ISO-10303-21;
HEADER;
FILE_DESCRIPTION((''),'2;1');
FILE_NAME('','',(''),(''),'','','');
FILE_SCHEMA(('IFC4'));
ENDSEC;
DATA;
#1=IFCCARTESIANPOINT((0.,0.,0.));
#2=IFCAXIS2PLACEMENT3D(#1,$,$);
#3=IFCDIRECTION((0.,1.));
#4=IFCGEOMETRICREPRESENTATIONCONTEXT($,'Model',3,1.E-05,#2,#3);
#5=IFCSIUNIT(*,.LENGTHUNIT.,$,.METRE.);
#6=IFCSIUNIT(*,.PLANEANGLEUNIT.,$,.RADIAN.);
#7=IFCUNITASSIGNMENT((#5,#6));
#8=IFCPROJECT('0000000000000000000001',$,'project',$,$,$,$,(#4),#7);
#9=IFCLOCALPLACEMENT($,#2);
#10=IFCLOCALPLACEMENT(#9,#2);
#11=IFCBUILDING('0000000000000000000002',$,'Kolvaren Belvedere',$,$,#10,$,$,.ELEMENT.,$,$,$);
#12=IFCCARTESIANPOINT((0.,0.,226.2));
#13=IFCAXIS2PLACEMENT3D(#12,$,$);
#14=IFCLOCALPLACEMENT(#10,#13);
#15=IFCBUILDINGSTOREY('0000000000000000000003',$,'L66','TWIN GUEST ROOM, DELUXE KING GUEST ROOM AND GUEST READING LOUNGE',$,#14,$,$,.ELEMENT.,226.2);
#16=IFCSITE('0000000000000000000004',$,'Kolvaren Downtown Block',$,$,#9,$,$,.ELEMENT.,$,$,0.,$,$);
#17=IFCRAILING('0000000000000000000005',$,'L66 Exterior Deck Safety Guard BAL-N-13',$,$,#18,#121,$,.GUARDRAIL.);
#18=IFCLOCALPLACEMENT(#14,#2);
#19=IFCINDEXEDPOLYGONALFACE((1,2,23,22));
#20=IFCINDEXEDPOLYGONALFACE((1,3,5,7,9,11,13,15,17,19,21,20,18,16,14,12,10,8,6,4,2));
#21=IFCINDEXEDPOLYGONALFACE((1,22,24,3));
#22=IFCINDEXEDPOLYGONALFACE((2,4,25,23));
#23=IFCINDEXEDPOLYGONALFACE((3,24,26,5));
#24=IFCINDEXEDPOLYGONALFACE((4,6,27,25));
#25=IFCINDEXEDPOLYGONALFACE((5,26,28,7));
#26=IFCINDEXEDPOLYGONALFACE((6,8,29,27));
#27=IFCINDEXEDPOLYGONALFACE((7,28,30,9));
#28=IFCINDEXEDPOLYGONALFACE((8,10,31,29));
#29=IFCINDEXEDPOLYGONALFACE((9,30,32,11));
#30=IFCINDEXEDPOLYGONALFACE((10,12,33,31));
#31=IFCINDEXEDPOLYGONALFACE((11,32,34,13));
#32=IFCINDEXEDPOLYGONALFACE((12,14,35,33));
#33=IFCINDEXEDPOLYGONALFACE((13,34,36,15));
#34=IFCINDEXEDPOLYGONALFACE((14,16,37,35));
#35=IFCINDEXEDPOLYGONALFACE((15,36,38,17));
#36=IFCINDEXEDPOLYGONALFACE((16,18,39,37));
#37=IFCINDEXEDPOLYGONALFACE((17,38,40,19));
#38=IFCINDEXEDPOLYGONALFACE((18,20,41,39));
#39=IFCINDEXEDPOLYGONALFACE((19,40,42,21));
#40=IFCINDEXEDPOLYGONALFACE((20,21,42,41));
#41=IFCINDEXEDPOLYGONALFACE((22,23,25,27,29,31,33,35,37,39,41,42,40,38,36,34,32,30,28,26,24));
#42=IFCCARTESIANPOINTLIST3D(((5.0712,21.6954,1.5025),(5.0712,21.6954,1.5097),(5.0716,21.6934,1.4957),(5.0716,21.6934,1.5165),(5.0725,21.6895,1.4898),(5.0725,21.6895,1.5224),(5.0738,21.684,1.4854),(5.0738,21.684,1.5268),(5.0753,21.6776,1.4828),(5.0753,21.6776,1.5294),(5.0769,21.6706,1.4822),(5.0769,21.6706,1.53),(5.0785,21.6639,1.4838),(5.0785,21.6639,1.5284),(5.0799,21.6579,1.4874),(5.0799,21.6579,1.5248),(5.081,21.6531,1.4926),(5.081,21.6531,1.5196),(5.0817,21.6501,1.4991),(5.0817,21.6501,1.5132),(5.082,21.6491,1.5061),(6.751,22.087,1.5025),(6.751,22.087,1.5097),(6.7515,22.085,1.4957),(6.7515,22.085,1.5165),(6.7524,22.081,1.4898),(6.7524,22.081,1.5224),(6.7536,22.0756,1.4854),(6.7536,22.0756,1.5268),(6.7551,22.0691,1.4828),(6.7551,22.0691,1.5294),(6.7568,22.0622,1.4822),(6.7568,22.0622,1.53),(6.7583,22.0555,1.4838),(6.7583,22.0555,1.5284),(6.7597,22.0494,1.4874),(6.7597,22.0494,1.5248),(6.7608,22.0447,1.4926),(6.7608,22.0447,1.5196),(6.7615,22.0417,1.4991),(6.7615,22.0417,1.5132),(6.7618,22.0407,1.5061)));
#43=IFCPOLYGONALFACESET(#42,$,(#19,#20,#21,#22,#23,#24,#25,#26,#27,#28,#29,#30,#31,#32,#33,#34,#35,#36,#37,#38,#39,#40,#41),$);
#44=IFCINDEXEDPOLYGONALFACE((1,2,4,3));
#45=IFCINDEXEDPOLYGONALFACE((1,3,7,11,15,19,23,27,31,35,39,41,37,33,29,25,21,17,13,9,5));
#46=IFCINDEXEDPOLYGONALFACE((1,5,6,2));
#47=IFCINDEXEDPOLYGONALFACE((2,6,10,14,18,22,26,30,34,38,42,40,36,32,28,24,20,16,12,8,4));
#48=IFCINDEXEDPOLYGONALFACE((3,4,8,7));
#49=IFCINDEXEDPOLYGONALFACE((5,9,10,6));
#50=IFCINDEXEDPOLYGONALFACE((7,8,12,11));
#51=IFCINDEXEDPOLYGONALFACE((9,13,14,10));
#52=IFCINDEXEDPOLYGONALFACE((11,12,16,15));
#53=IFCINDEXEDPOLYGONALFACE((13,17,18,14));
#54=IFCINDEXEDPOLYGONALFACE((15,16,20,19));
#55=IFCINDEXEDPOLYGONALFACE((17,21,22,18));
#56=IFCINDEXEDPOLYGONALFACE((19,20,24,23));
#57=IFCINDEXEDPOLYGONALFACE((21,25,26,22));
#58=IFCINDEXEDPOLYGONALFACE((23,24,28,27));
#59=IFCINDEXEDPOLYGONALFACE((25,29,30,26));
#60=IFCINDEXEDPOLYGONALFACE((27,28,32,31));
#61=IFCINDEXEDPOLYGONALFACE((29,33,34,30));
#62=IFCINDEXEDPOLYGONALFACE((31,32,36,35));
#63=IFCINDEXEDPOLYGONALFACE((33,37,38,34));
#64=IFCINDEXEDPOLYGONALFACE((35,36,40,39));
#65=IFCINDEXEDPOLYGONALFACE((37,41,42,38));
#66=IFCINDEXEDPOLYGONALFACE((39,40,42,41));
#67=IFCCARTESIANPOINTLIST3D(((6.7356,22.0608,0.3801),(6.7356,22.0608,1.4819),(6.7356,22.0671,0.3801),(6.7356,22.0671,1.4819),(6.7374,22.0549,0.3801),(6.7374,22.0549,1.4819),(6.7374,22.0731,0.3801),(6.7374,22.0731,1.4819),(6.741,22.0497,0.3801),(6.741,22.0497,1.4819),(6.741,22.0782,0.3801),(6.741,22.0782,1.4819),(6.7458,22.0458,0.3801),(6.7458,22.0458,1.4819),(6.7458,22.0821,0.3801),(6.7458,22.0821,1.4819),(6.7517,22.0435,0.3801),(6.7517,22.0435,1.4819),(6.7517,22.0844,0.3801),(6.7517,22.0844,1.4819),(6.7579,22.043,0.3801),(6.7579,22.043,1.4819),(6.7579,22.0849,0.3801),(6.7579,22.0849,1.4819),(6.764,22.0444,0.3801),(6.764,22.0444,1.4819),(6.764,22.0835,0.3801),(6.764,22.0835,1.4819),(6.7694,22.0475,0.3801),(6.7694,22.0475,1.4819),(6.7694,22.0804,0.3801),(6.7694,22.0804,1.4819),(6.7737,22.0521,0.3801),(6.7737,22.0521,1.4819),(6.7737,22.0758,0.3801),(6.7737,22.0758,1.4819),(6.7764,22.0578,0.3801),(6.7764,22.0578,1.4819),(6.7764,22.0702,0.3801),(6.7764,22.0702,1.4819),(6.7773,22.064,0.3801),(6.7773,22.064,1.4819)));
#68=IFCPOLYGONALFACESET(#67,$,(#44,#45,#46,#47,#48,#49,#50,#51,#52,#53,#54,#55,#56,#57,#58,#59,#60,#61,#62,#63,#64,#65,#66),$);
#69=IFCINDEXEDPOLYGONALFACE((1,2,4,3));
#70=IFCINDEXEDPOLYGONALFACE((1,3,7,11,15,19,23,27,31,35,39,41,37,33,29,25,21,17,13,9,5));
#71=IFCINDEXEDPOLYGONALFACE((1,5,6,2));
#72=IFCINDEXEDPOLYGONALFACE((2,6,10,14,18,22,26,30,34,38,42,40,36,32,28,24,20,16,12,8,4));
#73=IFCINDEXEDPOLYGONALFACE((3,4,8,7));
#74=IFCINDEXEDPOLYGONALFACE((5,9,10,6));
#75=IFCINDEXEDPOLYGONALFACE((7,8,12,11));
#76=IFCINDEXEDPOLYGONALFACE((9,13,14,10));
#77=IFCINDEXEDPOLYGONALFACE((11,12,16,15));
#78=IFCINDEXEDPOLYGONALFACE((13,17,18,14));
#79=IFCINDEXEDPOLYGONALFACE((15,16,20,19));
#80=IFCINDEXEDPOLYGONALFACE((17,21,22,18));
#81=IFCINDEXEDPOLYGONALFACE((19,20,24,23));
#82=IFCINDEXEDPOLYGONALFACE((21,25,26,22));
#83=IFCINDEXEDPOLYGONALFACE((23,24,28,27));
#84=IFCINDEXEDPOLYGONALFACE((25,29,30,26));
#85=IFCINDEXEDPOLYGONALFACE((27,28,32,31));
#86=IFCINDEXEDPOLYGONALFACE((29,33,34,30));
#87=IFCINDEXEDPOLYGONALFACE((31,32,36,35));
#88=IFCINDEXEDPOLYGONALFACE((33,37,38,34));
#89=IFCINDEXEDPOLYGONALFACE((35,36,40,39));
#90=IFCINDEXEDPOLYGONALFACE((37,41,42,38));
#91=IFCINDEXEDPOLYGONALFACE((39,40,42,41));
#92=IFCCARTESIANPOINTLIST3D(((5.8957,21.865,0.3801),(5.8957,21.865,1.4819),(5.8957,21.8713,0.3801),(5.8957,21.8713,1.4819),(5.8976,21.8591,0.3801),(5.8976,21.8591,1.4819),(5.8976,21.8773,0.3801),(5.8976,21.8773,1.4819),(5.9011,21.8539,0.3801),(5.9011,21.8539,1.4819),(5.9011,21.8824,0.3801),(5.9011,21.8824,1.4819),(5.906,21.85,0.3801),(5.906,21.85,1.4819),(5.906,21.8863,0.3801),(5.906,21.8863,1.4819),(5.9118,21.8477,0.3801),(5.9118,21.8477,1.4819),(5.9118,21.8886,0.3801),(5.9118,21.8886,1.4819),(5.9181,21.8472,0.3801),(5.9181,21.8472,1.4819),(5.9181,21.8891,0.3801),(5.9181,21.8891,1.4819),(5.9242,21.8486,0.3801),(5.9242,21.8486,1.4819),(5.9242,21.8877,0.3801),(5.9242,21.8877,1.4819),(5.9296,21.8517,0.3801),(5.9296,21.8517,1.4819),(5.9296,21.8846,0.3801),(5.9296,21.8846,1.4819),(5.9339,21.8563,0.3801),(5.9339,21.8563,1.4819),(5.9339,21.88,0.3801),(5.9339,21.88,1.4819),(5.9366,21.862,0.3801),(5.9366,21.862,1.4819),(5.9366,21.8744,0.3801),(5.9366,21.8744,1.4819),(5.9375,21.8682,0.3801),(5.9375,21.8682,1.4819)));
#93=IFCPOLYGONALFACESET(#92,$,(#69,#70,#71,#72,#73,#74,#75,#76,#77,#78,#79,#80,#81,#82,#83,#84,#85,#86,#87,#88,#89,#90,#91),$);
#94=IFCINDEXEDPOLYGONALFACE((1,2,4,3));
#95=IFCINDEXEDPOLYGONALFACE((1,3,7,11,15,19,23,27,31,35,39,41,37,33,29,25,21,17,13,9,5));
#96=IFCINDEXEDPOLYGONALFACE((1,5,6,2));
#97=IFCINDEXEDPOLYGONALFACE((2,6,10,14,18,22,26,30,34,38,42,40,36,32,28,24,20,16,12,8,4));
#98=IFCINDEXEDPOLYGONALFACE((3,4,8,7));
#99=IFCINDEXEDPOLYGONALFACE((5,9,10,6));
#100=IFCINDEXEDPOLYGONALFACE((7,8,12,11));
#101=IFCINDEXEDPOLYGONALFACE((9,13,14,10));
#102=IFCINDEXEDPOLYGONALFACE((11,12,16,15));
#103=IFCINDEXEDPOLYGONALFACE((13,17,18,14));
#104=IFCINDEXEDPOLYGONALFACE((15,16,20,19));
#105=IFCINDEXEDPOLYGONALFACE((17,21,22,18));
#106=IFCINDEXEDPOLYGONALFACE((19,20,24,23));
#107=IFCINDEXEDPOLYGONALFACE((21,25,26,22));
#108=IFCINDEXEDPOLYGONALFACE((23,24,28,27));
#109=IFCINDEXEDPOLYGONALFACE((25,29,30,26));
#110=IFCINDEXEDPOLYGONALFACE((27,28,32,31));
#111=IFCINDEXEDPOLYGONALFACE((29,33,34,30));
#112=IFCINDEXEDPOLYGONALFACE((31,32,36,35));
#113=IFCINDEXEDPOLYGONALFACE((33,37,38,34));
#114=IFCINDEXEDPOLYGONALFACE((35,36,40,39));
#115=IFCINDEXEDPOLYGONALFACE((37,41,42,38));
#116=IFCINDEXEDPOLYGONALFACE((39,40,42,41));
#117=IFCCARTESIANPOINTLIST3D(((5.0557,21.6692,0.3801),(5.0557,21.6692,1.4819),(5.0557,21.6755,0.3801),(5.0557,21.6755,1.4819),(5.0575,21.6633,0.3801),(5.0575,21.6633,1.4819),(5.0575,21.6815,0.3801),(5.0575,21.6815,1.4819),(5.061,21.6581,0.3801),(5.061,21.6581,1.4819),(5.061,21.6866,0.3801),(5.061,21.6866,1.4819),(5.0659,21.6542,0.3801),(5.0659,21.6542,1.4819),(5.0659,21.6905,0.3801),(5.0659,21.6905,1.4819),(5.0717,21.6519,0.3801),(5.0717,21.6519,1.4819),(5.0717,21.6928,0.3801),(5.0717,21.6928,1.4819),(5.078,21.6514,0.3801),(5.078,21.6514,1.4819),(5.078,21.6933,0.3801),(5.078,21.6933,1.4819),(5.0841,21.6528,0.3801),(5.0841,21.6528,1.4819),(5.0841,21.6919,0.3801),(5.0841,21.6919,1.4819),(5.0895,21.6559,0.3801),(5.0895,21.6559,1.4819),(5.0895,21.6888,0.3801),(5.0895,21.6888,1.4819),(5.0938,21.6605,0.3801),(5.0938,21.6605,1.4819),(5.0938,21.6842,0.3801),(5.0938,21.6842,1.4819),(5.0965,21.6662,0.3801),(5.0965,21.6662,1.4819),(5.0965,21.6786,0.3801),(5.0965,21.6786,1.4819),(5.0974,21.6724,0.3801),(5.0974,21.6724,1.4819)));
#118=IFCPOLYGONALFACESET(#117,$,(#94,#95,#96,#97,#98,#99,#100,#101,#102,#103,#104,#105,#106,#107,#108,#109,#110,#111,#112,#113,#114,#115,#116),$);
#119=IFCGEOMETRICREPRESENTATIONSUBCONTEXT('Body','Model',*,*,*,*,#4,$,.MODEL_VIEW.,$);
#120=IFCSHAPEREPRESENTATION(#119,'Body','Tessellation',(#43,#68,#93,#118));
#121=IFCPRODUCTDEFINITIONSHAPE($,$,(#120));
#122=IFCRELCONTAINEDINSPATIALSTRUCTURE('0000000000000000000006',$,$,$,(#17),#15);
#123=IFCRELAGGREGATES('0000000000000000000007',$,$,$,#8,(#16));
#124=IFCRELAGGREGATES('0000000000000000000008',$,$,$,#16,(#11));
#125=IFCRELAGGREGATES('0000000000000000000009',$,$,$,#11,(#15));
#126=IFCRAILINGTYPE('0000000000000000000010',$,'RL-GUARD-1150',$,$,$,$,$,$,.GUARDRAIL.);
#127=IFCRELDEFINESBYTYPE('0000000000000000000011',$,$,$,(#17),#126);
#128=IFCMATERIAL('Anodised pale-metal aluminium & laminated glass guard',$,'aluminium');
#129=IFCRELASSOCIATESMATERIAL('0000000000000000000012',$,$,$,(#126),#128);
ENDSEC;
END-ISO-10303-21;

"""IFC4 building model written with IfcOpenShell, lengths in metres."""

from ifc_helpers import new_model, si_unit, direction, frame, origin, origin_2d, place, context, subcontext, project, spatial, circle, extrude, material, type_object, element, save


model = new_model("IFC4")

# Units and contexts
model_context = context("Model", 3, precision=1e-05, world=origin(), true_north=direction((0.0, 1.0)))
body_context = subcontext(model_context, "Body", "Model", "MODEL_VIEW")
ifc_project = project(units=[si_unit("LENGTHUNIT", "METRE"), si_unit("PLANEANGLEUNIT", "RADIAN")], contexts=[model_context])

# Site, building, storey
site_placement = place(None, origin())
site = spatial("IfcSite", under=ifc_project, at=site_placement, Name="Kolvaren Downtown Block", CompositionType="ELEMENT", RefElevation=0.0)
building_placement = place(site_placement, origin())
building = spatial("IfcBuilding", under=site, at=building_placement, Name="Kolvaren Belvedere", CompositionType="ELEMENT")
storey_placement = place(building_placement, frame((0.0, 0.0, 226.2)))
storey = spatial("IfcBuildingStorey", under=building, at=storey_placement, Name="L66", Description="TWIN GUEST ROOM, DELUXE KING GUEST ROOM AND GUEST READING LOUNGE", CompositionType="ELEMENT", Elevation=226.2)

# Railing
ifc_material_1 = material(Name="Anodised pale-metal aluminium & laminated glass guard", Category="aluminium")
railing_type = type_object("IfcRailingType", Name="RL-GUARD-1150", PredefinedType="GUARDRAIL", material=ifc_material_1)
railing_1_placement = place(storey_placement, frame((6.7563, 22.064, 0.3801)))
element("IfcRailing", 1, at=railing_1_placement, inside=storey, type_object=railing_type, Name="L66 Exterior Deck Safety Guard BAL-N-13", PredefinedType="GUARDRAIL", context=body_context, shape_type="SweptSolid", body=[
    extrude(circle(Radius=0.0239, at=origin_2d()), frame((0.0, 0.0, 1.126), z_axis=(-0.97389, -0.227019, 0.0), x_axis=(0.227019, -0.97389, 0.0)), (0.0, 0.0, 1.0), 1.7249),
    extrude(circle(Radius=0.021, at=origin_2d()), origin(), (0.0, 0.0, 1.0), 1.1018),
    extrude(circle(Radius=0.021, at=origin_2d()), frame((-0.8398, -0.1958, 0.0)), (0.0, 0.0, 1.0), 1.1018),
    extrude(circle(Radius=0.021, at=origin_2d()), frame((-1.6799, -0.3916, 0.0)), (0.0, 0.0, 1.0), 1.1018),
])

save(model, "model.ifc")
